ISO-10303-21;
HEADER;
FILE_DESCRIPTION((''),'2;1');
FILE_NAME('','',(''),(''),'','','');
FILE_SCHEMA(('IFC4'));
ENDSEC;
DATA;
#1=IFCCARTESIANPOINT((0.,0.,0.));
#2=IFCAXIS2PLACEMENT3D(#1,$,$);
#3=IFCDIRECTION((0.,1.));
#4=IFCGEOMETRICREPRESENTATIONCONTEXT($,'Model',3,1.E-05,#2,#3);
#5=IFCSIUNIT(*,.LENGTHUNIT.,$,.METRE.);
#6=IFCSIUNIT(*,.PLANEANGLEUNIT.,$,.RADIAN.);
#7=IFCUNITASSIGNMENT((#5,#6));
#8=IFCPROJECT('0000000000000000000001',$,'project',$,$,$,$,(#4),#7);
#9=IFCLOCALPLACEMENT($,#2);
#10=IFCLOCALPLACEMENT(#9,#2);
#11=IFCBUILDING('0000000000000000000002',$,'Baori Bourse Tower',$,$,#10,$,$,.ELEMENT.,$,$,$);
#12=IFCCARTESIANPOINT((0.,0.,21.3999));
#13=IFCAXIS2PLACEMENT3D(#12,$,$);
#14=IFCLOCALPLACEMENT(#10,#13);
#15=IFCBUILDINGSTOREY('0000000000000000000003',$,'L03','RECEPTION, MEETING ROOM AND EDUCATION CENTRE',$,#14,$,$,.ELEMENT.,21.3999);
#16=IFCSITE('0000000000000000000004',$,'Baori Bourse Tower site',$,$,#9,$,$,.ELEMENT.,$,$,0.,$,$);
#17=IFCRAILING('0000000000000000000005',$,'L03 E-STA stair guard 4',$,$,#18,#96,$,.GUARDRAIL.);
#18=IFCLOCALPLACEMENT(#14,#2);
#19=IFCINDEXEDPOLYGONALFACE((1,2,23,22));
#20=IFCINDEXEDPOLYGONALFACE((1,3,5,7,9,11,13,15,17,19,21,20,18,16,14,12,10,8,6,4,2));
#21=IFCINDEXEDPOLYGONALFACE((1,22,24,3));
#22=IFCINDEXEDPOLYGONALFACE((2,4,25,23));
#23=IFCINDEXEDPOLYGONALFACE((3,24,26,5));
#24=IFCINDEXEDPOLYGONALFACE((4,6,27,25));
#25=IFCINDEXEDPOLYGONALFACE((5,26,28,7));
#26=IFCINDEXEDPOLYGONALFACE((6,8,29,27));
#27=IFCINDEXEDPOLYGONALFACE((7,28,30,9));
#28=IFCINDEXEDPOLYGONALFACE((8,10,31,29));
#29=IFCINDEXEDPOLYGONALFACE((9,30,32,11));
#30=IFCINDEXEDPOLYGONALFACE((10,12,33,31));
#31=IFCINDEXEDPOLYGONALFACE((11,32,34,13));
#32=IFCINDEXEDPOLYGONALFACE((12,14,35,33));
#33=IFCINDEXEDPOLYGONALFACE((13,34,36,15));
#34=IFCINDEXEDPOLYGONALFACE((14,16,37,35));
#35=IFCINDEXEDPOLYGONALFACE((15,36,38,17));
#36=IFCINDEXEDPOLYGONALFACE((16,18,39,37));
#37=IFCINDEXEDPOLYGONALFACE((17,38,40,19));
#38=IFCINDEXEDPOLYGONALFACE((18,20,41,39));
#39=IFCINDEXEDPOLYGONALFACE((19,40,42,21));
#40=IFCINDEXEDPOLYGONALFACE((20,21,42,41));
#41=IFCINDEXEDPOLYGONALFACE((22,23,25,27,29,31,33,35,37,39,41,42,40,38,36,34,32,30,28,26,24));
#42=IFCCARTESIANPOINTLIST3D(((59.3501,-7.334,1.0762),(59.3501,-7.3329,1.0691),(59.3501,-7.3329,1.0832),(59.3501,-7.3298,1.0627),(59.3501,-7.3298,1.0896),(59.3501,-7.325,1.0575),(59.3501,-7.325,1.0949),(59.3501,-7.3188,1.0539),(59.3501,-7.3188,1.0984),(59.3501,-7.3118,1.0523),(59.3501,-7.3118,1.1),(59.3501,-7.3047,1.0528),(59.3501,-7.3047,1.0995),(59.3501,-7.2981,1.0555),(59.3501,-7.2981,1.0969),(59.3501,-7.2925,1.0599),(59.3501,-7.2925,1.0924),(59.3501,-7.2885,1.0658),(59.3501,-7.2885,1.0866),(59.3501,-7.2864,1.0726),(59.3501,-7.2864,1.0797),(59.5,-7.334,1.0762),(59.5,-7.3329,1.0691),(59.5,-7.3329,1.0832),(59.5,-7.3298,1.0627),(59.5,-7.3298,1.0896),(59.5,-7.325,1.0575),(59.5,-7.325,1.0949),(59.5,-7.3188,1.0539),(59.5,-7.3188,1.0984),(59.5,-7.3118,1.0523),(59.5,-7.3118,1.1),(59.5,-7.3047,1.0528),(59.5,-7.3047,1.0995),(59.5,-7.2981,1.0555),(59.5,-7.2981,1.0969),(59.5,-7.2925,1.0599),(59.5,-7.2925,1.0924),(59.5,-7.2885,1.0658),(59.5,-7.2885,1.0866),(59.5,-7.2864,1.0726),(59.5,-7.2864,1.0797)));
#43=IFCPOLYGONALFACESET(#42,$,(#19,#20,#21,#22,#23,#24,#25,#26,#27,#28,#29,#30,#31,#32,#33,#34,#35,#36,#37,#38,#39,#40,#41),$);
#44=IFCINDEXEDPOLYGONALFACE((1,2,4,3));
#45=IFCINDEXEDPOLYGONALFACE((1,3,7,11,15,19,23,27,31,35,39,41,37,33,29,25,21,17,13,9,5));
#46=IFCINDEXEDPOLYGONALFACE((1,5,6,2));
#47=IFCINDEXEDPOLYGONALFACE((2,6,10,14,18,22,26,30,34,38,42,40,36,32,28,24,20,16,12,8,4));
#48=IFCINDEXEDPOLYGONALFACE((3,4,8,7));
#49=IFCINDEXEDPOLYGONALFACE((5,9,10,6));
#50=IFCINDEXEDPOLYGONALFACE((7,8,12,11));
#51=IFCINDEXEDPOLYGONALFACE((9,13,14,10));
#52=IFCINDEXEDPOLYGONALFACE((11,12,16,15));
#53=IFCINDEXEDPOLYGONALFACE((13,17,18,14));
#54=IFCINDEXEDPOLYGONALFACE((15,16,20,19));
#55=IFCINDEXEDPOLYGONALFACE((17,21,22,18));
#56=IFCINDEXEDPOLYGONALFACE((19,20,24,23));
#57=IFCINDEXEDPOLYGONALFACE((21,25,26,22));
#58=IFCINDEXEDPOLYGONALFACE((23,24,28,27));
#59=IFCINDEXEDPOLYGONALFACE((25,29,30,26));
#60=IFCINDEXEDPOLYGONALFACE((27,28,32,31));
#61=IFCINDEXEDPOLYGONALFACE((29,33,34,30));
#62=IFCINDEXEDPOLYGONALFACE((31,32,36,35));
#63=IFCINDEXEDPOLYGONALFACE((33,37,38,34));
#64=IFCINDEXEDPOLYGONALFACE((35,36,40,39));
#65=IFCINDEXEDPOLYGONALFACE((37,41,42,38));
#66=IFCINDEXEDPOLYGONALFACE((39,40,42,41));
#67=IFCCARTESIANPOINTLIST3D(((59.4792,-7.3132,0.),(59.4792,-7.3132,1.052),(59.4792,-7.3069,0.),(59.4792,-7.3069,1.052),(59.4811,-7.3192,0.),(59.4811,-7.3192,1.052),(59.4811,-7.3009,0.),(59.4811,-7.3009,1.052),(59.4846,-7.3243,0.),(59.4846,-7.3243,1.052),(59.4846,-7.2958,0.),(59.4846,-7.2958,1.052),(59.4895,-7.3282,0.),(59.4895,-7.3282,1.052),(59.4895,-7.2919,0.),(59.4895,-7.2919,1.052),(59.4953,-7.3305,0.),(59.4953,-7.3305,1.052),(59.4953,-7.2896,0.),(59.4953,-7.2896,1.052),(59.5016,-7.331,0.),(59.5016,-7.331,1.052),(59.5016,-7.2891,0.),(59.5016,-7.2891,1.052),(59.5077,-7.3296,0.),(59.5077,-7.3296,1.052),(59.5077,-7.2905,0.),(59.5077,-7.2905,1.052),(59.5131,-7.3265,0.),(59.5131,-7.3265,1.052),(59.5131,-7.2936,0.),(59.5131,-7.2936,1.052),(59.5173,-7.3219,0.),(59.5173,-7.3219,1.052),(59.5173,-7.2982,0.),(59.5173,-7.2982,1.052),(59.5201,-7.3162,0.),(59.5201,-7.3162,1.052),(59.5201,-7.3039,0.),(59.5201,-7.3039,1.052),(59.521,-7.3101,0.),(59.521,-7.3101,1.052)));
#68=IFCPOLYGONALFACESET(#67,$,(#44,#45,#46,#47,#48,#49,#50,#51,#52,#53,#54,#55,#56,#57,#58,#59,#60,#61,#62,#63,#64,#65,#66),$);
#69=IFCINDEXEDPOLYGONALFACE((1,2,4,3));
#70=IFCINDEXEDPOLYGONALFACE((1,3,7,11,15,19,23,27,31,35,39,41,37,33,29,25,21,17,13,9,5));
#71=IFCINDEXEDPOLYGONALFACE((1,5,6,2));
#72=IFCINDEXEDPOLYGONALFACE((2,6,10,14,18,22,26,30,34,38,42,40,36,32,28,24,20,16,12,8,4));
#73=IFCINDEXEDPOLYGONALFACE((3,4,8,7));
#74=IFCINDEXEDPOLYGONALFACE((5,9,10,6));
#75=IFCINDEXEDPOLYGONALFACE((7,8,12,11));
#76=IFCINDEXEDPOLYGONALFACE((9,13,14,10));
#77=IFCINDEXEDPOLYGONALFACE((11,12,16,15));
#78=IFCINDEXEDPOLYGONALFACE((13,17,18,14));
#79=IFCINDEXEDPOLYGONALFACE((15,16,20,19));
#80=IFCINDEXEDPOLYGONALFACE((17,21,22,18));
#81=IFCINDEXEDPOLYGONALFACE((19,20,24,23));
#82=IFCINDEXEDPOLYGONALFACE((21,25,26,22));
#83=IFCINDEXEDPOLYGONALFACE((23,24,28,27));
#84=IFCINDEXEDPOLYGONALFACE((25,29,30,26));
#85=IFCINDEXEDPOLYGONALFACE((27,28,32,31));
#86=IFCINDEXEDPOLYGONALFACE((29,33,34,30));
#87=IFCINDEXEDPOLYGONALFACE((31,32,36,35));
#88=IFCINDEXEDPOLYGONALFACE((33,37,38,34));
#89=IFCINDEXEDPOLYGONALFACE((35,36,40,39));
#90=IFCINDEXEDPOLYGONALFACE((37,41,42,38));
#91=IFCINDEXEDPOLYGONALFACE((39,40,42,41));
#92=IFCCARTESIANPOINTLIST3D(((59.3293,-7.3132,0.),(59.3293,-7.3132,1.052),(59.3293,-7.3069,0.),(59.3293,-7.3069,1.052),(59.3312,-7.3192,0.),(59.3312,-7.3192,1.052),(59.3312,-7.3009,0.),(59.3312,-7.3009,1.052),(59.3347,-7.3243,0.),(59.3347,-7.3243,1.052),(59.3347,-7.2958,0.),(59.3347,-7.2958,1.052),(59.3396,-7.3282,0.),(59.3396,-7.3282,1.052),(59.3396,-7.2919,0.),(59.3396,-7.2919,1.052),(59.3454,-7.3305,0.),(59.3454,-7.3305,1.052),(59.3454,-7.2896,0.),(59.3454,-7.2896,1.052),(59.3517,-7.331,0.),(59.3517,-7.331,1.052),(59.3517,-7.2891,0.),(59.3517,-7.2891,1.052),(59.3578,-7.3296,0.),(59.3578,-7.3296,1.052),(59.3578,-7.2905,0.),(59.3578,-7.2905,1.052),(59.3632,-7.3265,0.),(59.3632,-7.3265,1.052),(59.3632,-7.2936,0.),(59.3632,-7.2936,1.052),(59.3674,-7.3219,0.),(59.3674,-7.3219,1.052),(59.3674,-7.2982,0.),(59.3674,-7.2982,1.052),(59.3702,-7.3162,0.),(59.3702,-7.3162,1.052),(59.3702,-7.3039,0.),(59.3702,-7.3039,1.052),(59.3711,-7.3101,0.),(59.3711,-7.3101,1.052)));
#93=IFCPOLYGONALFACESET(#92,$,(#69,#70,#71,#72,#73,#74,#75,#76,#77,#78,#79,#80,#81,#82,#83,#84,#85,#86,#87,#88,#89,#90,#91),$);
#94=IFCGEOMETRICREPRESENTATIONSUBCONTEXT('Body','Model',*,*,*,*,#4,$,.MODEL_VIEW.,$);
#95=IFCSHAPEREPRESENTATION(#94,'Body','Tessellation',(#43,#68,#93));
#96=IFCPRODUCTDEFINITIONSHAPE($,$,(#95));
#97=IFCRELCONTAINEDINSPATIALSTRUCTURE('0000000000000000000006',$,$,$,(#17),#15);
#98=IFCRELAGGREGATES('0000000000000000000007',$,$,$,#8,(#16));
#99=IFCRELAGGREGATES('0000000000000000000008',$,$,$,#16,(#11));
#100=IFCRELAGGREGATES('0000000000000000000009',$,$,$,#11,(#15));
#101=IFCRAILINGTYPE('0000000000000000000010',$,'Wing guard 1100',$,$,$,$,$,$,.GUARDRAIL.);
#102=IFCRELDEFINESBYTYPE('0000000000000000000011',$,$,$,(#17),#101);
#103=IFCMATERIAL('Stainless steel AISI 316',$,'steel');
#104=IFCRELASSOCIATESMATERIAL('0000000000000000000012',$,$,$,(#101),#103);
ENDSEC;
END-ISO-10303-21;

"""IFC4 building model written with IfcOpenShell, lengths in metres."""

from ifc_helpers import new_model, si_unit, direction, frame, origin, origin_2d, place, context, subcontext, project, spatial, circle, extrude, material, type_object, element, save


model = new_model("IFC4")

# Units and contexts
model_context = context("Model", 3, precision=1e-05, world=origin(), true_north=direction((0.0, 1.0)))
body_context = subcontext(model_context, "Body", "Model", "MODEL_VIEW")
ifc_project = project(units=[si_unit("LENGTHUNIT", "METRE"), si_unit("PLANEANGLEUNIT", "RADIAN")], contexts=[model_context])

# Site, building, storey
site_placement = place(None, origin())
site = spatial("IfcSite", under=ifc_project, at=site_placement, Name="Baori Bourse Tower site", CompositionType="ELEMENT", RefElevation=0.0)
building_placement = place(site_placement, origin())
building = spatial("IfcBuilding", under=site, at=building_placement, Name="Baori Bourse Tower", CompositionType="ELEMENT")
storey_placement = place(building_placement, frame((0.0, 0.0, 21.3999)))
storey = spatial("IfcBuildingStorey", under=building, at=storey_placement, Name="L03", Description="RECEPTION, MEETING ROOM AND EDUCATION CENTRE", CompositionType="ELEMENT", Elevation=21.3999)

# Railing
ifc_material_1 = material(Name="Stainless steel AISI 316", Category="steel")
railing_type_1 = type_object("IfcRailingType", Name="Wing guard 1100", PredefinedType="GUARDRAIL", material=ifc_material_1)
railing_1_placement = place(storey_placement, frame((59.5, -7.3101, 0.0)))
element("IfcRailing", 1, at=railing_1_placement, inside=storey, type_object=railing_type_1, Name="L03 E-STA stair guard 4", PredefinedType="GUARDRAIL", context=body_context, shape_type="SweptSolid", body=[
    extrude(circle(Radius=0.0239, at=origin_2d()), frame((0.0, 0.0, 1.0762), z_axis=(-1.0, 0.0, 0.0), x_axis=(0.0, -1.0, 0.0)), (0.0, 0.0, 1.0), 0.1499),
    extrude(circle(Radius=0.021, at=origin_2d()), origin(), (0.0, 0.0, 1.0), 1.052),
    extrude(circle(Radius=0.021, at=origin_2d()), frame((-0.1499, 0.0, 0.0)), (0.0, 0.0, 1.0), 1.052),
])

save(model, "model.ifc")
